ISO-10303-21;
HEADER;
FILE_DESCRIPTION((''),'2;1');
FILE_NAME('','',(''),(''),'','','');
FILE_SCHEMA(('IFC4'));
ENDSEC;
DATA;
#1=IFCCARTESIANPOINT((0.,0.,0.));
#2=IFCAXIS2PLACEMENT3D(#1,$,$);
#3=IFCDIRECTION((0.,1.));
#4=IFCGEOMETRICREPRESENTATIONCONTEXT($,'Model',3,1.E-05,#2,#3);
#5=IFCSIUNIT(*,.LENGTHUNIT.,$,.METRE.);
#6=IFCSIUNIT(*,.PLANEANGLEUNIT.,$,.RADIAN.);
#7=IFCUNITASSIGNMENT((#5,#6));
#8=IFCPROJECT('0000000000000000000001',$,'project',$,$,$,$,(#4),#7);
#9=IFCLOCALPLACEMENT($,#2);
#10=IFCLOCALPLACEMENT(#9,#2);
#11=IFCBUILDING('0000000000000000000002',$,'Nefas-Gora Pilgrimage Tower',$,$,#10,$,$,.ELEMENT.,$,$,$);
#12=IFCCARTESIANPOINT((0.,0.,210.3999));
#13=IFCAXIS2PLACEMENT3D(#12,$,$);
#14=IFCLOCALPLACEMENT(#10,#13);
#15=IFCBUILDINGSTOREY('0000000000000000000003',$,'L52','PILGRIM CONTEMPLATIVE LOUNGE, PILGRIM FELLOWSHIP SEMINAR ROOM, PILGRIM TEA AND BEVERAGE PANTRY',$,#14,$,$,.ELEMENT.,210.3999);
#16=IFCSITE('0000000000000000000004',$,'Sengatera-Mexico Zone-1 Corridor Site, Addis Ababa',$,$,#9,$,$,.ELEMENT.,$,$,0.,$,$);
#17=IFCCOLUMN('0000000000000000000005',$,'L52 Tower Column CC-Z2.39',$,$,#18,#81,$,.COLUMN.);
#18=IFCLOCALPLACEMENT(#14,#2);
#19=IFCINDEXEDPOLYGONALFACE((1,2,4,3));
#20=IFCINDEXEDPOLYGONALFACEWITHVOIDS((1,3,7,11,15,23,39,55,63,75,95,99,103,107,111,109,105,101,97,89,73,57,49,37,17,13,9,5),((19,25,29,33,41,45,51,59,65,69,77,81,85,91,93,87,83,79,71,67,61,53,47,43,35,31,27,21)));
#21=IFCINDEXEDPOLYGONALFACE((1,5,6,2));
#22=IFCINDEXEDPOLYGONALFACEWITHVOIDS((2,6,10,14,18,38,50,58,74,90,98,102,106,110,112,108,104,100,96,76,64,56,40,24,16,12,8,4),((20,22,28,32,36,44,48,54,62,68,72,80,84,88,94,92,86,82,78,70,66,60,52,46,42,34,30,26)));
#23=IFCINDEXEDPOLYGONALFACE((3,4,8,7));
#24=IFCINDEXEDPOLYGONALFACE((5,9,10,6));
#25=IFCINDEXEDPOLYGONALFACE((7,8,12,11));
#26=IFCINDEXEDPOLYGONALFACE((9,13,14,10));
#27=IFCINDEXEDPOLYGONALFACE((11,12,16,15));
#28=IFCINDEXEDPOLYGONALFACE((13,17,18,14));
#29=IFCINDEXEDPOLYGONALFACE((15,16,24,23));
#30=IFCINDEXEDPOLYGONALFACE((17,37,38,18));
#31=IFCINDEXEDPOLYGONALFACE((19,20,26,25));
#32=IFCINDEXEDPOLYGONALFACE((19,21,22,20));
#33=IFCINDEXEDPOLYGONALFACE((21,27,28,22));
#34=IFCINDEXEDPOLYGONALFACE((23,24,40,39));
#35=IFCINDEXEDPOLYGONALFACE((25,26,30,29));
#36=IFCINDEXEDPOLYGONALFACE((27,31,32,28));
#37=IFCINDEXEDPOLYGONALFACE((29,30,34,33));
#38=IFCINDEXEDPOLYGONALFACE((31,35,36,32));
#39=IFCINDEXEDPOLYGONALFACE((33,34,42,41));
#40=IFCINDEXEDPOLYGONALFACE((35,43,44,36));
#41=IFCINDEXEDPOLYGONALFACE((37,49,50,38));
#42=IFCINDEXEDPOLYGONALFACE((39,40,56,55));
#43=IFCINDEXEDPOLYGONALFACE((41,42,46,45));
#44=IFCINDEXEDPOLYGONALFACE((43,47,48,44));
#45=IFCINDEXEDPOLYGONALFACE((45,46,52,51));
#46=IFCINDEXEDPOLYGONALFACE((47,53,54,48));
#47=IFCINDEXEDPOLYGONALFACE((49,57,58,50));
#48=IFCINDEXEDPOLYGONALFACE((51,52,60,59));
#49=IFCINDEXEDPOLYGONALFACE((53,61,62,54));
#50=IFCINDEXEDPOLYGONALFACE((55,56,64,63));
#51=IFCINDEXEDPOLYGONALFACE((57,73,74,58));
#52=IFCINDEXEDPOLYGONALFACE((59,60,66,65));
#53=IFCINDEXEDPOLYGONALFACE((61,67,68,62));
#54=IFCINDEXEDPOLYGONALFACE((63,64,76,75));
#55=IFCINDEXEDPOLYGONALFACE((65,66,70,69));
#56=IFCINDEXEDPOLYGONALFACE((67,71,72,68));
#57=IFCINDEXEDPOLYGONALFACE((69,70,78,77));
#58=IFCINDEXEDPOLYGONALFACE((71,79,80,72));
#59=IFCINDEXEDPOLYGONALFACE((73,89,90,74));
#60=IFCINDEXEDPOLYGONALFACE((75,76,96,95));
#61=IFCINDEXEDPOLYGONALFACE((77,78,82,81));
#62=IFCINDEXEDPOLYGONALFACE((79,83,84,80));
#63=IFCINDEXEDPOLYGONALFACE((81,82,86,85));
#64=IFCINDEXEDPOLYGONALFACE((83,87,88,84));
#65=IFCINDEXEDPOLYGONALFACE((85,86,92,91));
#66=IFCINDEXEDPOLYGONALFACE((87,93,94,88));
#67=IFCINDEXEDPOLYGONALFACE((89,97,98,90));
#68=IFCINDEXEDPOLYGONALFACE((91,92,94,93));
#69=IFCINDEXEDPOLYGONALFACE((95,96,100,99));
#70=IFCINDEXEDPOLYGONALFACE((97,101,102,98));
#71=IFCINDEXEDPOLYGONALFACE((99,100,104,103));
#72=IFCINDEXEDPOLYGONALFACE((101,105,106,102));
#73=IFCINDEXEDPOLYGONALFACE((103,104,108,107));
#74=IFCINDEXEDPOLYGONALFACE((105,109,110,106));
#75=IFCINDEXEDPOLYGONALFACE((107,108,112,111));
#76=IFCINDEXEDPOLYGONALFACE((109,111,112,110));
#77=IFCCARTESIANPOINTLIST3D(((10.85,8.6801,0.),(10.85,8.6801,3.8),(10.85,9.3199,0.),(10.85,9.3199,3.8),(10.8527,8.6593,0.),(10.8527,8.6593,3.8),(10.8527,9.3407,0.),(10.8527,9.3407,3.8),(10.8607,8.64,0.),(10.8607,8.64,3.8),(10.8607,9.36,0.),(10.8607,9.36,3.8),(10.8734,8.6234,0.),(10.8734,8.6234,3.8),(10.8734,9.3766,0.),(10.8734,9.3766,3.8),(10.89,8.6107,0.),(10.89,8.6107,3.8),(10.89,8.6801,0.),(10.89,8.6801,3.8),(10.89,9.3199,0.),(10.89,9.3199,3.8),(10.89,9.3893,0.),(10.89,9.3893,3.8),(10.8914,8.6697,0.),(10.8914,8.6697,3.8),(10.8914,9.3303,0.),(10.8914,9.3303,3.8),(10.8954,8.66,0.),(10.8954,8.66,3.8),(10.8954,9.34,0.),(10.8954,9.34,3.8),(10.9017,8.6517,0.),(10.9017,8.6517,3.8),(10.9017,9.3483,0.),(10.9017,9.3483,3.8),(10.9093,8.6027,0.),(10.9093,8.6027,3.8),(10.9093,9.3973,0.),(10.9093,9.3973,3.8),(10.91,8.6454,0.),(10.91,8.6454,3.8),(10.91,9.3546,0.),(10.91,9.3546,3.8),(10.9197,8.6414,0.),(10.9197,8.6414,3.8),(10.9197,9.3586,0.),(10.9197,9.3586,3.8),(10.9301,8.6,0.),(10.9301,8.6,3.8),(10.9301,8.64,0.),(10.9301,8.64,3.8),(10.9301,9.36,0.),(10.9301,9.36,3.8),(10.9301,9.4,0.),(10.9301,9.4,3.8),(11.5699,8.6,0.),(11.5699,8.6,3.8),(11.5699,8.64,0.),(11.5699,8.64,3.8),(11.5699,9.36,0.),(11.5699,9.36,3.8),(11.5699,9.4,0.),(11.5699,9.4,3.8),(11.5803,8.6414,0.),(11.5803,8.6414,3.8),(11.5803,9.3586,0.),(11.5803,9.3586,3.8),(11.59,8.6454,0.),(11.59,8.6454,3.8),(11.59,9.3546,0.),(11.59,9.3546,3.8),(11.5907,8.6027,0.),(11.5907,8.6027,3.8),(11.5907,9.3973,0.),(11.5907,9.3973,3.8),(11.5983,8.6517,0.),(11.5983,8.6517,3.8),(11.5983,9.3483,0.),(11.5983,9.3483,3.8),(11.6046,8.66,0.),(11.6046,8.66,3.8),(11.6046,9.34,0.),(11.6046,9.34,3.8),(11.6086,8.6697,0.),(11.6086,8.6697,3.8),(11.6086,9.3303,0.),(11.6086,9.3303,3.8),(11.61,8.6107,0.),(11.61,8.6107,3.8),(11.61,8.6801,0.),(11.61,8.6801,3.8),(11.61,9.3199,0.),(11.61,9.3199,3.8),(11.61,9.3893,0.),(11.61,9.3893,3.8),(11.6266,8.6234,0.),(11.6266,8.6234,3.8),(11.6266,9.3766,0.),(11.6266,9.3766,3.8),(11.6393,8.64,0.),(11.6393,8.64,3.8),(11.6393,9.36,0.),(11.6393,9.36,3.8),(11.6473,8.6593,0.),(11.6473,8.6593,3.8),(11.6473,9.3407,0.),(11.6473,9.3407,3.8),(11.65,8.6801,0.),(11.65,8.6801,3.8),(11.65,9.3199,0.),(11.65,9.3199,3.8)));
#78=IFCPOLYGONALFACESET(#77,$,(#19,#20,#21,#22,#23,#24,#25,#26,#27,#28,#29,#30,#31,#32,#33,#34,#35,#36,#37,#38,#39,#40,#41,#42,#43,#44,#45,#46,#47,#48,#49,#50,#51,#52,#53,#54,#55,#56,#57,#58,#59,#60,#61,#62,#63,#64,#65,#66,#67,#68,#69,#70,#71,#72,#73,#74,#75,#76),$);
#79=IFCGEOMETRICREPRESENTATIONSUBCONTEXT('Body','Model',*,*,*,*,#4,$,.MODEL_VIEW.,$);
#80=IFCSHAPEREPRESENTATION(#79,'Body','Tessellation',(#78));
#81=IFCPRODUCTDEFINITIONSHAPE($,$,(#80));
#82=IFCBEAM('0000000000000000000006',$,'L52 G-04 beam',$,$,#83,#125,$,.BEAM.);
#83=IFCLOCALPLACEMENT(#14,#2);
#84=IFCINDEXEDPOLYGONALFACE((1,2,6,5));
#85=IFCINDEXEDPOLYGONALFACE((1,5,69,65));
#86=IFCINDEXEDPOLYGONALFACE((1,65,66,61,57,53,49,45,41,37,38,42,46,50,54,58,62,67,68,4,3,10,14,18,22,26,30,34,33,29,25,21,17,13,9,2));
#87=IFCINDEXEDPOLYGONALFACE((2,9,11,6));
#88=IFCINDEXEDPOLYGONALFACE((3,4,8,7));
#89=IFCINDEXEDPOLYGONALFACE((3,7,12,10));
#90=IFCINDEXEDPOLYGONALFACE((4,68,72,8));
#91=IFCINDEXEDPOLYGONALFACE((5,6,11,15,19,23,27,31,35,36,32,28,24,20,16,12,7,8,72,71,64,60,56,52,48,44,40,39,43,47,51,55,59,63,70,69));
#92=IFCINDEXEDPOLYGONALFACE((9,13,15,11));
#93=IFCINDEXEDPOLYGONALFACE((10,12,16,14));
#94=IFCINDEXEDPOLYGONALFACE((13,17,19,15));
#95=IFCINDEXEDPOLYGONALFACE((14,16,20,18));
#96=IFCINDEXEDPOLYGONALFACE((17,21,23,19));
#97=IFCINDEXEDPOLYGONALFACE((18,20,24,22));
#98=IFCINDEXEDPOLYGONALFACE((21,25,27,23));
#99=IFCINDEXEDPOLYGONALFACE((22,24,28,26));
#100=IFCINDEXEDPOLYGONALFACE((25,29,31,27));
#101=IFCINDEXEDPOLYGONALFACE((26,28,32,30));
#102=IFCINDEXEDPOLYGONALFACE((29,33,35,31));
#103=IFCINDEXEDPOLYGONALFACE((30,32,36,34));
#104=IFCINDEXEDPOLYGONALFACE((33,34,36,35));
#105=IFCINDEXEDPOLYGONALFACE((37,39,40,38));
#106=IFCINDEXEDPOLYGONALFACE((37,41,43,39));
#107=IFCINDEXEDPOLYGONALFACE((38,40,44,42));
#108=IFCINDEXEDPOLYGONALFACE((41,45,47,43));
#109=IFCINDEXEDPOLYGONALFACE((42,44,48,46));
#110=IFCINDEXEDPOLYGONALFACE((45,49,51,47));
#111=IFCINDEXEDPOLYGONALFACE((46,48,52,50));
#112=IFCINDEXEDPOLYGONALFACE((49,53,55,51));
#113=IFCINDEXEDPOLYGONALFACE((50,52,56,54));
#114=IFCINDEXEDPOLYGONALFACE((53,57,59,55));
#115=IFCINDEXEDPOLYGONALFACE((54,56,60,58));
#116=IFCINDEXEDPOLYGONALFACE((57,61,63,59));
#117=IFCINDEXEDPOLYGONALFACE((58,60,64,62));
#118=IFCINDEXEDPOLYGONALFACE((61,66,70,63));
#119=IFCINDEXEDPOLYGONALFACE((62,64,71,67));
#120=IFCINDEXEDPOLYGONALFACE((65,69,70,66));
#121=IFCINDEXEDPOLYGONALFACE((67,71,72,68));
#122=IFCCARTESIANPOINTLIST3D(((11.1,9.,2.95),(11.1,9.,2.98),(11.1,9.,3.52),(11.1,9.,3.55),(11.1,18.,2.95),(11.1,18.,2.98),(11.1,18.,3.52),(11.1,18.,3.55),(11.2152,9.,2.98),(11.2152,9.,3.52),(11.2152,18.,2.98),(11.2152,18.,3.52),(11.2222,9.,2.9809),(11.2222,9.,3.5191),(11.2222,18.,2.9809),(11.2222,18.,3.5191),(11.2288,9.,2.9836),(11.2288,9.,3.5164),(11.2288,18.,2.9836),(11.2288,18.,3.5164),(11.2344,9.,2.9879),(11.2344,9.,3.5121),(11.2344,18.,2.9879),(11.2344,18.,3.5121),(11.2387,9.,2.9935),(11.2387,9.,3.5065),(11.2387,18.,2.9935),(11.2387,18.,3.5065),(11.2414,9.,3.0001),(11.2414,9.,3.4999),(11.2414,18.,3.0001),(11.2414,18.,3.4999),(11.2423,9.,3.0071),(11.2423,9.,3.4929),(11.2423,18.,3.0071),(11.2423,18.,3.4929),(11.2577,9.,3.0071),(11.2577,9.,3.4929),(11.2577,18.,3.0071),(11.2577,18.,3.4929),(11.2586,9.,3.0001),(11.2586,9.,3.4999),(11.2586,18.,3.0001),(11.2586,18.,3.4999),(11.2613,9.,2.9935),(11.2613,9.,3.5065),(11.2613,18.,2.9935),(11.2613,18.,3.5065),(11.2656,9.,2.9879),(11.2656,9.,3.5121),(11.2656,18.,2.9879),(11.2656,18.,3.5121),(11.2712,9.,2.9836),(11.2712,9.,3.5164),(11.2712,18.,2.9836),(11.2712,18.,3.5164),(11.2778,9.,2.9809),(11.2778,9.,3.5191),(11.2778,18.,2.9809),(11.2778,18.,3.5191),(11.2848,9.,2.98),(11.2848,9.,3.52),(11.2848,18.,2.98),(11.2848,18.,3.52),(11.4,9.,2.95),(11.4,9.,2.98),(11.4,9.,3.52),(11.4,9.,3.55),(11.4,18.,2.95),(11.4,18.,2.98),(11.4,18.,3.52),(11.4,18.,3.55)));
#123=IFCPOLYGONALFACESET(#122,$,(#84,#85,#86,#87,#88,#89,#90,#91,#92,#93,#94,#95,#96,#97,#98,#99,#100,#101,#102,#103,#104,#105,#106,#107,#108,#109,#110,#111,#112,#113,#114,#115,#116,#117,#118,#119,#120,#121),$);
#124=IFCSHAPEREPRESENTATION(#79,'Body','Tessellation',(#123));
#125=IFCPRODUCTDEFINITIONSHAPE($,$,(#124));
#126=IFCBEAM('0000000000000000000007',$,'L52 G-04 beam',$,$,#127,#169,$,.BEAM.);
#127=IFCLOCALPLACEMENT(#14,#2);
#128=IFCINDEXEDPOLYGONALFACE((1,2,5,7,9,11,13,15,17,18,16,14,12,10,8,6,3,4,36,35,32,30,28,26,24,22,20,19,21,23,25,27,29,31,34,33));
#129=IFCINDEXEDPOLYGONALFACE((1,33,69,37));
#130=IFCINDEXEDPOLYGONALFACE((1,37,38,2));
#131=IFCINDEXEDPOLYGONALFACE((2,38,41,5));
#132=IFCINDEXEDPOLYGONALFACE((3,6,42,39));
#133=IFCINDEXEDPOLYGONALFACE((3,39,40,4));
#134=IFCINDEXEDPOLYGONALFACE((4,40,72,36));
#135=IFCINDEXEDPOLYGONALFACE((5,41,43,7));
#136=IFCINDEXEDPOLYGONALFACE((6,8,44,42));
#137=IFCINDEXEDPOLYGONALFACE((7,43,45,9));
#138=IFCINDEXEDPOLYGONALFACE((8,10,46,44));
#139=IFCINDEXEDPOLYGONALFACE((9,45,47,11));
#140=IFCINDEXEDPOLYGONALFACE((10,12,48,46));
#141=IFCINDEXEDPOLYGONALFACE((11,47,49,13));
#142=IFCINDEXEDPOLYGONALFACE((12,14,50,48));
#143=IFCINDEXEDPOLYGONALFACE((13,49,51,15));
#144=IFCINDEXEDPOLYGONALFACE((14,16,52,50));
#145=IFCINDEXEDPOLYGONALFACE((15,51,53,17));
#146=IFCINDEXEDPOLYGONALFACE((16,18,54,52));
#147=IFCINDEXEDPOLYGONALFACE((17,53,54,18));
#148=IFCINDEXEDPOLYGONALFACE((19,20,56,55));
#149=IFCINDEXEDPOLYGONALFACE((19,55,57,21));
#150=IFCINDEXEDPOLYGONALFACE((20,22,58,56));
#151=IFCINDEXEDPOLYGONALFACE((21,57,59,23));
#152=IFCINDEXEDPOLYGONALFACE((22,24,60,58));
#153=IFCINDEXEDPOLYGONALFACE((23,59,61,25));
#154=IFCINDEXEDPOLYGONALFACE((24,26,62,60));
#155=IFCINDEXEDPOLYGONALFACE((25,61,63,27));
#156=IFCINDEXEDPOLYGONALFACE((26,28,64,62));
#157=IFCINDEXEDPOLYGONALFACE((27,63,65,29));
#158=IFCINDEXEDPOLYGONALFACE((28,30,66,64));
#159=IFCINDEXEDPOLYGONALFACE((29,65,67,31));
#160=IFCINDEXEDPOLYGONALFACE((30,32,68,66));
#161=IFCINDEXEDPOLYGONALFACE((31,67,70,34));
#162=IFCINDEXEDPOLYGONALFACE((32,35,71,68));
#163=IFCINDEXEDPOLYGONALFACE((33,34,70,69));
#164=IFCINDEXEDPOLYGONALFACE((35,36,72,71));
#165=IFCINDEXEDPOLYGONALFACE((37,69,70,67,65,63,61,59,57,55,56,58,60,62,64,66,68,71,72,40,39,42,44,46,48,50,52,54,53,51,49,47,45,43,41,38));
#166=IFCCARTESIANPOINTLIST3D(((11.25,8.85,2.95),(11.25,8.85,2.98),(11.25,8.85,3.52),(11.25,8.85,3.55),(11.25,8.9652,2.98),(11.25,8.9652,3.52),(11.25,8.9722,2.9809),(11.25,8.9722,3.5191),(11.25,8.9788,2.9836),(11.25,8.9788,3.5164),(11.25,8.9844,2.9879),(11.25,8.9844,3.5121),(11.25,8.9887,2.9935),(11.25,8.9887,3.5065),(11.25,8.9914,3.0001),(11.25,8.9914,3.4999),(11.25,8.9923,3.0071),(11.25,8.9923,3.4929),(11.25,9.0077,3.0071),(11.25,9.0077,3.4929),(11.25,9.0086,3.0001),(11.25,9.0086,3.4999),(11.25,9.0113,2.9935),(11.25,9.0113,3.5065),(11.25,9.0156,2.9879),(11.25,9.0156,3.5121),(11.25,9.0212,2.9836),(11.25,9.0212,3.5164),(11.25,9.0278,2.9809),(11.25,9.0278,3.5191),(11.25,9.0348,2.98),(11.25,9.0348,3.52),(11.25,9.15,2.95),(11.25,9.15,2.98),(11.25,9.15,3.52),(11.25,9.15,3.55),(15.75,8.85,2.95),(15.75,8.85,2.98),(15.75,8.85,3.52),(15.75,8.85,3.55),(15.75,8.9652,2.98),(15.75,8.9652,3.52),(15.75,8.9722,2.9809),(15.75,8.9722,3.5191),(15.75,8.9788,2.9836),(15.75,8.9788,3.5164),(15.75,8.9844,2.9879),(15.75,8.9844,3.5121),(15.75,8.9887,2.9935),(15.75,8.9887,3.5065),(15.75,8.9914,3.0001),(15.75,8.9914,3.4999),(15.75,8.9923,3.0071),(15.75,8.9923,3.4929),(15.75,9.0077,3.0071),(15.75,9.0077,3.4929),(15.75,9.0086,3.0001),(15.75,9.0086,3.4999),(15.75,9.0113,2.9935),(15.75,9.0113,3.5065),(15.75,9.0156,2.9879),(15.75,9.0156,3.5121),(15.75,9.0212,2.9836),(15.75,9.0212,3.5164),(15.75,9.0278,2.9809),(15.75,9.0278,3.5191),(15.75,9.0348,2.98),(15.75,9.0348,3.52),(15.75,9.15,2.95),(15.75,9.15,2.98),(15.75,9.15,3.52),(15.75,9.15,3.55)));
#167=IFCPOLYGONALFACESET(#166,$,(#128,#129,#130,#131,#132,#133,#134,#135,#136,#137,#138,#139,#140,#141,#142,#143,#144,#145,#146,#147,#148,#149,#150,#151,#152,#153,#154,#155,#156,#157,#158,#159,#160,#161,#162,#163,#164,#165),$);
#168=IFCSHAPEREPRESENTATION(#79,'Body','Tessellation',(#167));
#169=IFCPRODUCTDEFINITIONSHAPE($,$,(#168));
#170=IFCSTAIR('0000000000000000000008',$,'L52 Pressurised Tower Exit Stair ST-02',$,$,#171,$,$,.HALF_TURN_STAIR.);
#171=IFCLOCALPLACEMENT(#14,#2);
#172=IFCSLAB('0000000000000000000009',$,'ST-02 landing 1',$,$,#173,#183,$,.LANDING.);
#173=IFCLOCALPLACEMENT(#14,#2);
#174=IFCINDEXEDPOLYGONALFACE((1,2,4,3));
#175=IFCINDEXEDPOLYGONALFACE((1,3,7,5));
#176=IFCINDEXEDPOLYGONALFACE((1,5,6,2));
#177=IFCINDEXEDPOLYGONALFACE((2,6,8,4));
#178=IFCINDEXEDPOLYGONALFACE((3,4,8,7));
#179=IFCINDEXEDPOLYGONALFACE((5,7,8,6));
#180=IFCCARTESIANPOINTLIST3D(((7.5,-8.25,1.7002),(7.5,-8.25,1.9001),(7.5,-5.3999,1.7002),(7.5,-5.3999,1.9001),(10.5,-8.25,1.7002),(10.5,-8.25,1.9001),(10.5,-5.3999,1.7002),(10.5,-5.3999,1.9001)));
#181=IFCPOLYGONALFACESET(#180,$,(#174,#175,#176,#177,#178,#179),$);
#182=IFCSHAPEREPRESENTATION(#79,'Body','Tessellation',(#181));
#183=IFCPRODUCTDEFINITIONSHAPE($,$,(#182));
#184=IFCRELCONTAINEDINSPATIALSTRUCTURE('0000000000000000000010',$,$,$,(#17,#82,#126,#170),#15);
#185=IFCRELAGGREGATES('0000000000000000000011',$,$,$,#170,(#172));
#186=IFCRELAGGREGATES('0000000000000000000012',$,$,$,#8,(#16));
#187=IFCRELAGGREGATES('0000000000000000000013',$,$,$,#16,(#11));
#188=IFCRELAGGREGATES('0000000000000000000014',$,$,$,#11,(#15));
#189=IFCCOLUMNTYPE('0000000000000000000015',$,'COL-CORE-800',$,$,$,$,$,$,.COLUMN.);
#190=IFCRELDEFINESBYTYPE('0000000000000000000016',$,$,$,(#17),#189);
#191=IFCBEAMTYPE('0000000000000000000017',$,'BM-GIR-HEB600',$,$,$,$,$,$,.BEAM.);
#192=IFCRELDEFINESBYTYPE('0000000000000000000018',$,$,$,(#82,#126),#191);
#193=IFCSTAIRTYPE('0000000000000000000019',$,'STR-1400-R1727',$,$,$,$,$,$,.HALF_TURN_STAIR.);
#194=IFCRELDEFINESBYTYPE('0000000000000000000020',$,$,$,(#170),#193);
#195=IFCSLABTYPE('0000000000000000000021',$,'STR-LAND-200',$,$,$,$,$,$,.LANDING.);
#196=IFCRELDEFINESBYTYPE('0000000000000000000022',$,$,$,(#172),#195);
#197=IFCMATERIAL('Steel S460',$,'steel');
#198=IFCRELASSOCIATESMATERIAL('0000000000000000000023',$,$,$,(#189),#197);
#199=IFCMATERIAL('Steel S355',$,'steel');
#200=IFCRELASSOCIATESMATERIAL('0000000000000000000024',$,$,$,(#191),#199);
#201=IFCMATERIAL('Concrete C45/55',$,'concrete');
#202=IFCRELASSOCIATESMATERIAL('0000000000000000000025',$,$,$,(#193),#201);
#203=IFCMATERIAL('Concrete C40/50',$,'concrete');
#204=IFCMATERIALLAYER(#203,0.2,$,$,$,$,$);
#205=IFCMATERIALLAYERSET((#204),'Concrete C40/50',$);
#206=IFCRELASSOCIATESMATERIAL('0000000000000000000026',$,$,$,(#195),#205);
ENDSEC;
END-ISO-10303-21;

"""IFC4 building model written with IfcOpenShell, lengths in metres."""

from ifc_helpers import new_model, si_unit, direction, frame, origin, origin_2d, place, context, subcontext, project, spatial, polyline, hollow_rectangle, i_section, outline, extrude, source, transform, mapped, material, layer, layer_set, material_profile, profile_set, type_object, element, aggregate, save


model = new_model("IFC4")

# Units and contexts
model_context = context("Model", 3, precision=1e-05, world=origin(), true_north=direction((0.0, 1.0)))
body_context = subcontext(model_context, "Body", "Model", "MODEL_VIEW")
ifc_project = project(units=[si_unit("LENGTHUNIT", "METRE"), si_unit("PLANEANGLEUNIT", "RADIAN")], contexts=[model_context])

# Site, building, storey
site_placement = place(None, origin())
site = spatial("IfcSite", under=ifc_project, at=site_placement, Name="Sengatera-Mexico Zone-1 Corridor Site, Addis Ababa", CompositionType="ELEMENT", RefElevation=0.0)
building_placement = place(site_placement, origin())
building = spatial("IfcBuilding", under=site, at=building_placement, Name="Nefas-Gora Pilgrimage Tower", CompositionType="ELEMENT")
storey_placement = place(building_placement, frame((0.0, 0.0, 210.3999)))
storey = spatial("IfcBuildingStorey", under=building, at=storey_placement, Name="L52", Description="PILGRIM CONTEMPLATIVE LOUNGE, PILGRIM FELLOWSHIP SEMINAR ROOM, PILGRIM TEA AND BEVERAGE PANTRY", CompositionType="ELEMENT", Elevation=210.3999)

# Column
ifc_material_1 = material(Name="Steel S460", Category="steel")
ifc_material_profile_1 = material_profile(ifc_material_1, hollow_rectangle(XDim=0.8, YDim=0.8, WallThickness=0.04, InnerFilletRadius=0.04, OuterFilletRadius=0.0801, at=origin_2d()), Name="BOX 800x800x40")
ifc_profile_set_1 = profile_set([ifc_material_profile_1], Name="Steel S460")
column_type = type_object("IfcColumnType", Name="COL-CORE-800", PredefinedType="COLUMN", material=ifc_profile_set_1)
shared_shape_1 = source(origin(), body_context, "Body", "SweptSolid", [
    extrude(hollow_rectangle(XDim=0.8, YDim=0.8, WallThickness=0.04, InnerFilletRadius=0.04, OuterFilletRadius=0.0801, at=origin_2d()), origin(), (0.0, 0.0, 1.0), 3.8),
])
column_placement = place(storey_placement, frame((11.25, 9.0, 0.0), z_axis=(0.0, 0.0, 1.0), x_axis=(1.0, 0.0, 0.0)))
element("IfcColumn", 1, at=column_placement, inside=storey, type_object=column_type, Name="L52 Tower Column CC-Z2.39", PredefinedType="COLUMN", context=body_context, shape_type="MappedRepresentation", body=[
    mapped(shared_shape_1, transform((0.0, 0.0, 0.0), x_axis=(1.0, 0.0, 0.0), y_axis=(0.0, 1.0, 0.0), z_axis=(0.0, 0.0, 1.0), scale=1.0)),
])

# Beams
ifc_material_2 = material(Name="Steel S355", Category="steel")
ifc_material_profile_2 = material_profile(ifc_material_2, i_section(OverallWidth=0.3, OverallDepth=0.6001, WebThickness=0.0154, FlangeThickness=0.03, FilletRadius=0.0271, at=origin_2d()), Name="HEB 600")
ifc_profile_set_2 = profile_set([ifc_material_profile_2], Name="Steel S355")
beam_type = type_object("IfcBeamType", Name="BM-GIR-HEB600", PredefinedType="BEAM", material=ifc_profile_set_2)
shared_shape_2 = source(origin(), body_context, "Body", "SweptSolid", [
    extrude(i_section(OverallWidth=0.3, OverallDepth=0.6001, WebThickness=0.0154, FlangeThickness=0.03, FilletRadius=0.0271, at=origin_2d()), origin(), (0.0, 0.0, 1.0), 9.0),
])
beam_1_placement = place(storey_placement, frame((11.25, 9.0, 3.25), z_axis=(0.0, 1.0, 0.0), x_axis=(-1.0, 0.0, 0.0)))
element("IfcBeam", 2, at=beam_1_placement, inside=storey, type_object=beam_type, Name="L52 G-04 beam", PredefinedType="BEAM", context=body_context, shape_type="MappedRepresentation", body=[
    mapped(shared_shape_2, transform((0.0, 0.0, 0.0), x_axis=(1.0, 0.0, 0.0), y_axis=(0.0, 1.0, 0.0), z_axis=(0.0, 0.0, 1.0), scale=1.0)),
])
shared_shape_3 = source(origin(), body_context, "Body", "SweptSolid", [
    extrude(i_section(OverallWidth=0.3, OverallDepth=0.6001, WebThickness=0.0154, FlangeThickness=0.03, FilletRadius=0.0271, at=origin_2d()), origin(), (0.0, 0.0, 1.0), 4.5),
])
beam_2_placement = place(storey_placement, frame((11.25, 9.0, 3.25), z_axis=(1.0, 0.0, 0.0), x_axis=(0.0, 1.0, 0.0)))
element("IfcBeam", 3, at=beam_2_placement, inside=storey, type_object=beam_type, Name="L52 G-04 beam", PredefinedType="BEAM", context=body_context, shape_type="MappedRepresentation", body=[
    mapped(shared_shape_3, transform((0.0, 0.0, 0.0), x_axis=(1.0, 0.0, 0.0), y_axis=(0.0, 1.0, 0.0), z_axis=(0.0, 0.0, 1.0), scale=1.0)),
])

# Stair, slab
ifc_material_3 = material(Name="Concrete C45/55", Category="concrete")
stair_type = type_object("IfcStairType", Name="STR-1400-R1727", PredefinedType="HALF_TURN_STAIR", material=ifc_material_3)
stair_1_placement = place(storey_placement, origin())
stair_1 = element("IfcStair", 4, at=stair_1_placement, inside=storey, type_object=stair_type, Name="L52 Pressurised Tower Exit Stair ST-02", PredefinedType="HALF_TURN_STAIR")
ifc_material_4 = material(Name="Concrete C40/50", Category="concrete")
ifc_layer_1 = layer(ifc_material_4, 0.2)
ifc_layer_set_1 = layer_set([ifc_layer_1], Name="Concrete C40/50")
slab_type = type_object("IfcSlabType", Name="STR-LAND-200", PredefinedType="LANDING", material=ifc_layer_set_1)
slab_1_placement = place(storey_placement, frame((0.0, 0.0, 1.7002)))
slab_1 = element("IfcSlab", 5, at=slab_1_placement, type_object=slab_type, Name="ST-02 landing 1", PredefinedType="LANDING", context=body_context, shape_type="SweptSolid", body=[
    extrude(outline(polyline([(7.5, -5.3999), (7.5, -8.25), (10.5, -8.25), (10.5, -5.3999), (7.5, -5.3999)])), origin(), (0.0, 0.0, 1.0), 0.2),
])
aggregate(stair_1, [slab_1])

save(model, "model.ifc")
